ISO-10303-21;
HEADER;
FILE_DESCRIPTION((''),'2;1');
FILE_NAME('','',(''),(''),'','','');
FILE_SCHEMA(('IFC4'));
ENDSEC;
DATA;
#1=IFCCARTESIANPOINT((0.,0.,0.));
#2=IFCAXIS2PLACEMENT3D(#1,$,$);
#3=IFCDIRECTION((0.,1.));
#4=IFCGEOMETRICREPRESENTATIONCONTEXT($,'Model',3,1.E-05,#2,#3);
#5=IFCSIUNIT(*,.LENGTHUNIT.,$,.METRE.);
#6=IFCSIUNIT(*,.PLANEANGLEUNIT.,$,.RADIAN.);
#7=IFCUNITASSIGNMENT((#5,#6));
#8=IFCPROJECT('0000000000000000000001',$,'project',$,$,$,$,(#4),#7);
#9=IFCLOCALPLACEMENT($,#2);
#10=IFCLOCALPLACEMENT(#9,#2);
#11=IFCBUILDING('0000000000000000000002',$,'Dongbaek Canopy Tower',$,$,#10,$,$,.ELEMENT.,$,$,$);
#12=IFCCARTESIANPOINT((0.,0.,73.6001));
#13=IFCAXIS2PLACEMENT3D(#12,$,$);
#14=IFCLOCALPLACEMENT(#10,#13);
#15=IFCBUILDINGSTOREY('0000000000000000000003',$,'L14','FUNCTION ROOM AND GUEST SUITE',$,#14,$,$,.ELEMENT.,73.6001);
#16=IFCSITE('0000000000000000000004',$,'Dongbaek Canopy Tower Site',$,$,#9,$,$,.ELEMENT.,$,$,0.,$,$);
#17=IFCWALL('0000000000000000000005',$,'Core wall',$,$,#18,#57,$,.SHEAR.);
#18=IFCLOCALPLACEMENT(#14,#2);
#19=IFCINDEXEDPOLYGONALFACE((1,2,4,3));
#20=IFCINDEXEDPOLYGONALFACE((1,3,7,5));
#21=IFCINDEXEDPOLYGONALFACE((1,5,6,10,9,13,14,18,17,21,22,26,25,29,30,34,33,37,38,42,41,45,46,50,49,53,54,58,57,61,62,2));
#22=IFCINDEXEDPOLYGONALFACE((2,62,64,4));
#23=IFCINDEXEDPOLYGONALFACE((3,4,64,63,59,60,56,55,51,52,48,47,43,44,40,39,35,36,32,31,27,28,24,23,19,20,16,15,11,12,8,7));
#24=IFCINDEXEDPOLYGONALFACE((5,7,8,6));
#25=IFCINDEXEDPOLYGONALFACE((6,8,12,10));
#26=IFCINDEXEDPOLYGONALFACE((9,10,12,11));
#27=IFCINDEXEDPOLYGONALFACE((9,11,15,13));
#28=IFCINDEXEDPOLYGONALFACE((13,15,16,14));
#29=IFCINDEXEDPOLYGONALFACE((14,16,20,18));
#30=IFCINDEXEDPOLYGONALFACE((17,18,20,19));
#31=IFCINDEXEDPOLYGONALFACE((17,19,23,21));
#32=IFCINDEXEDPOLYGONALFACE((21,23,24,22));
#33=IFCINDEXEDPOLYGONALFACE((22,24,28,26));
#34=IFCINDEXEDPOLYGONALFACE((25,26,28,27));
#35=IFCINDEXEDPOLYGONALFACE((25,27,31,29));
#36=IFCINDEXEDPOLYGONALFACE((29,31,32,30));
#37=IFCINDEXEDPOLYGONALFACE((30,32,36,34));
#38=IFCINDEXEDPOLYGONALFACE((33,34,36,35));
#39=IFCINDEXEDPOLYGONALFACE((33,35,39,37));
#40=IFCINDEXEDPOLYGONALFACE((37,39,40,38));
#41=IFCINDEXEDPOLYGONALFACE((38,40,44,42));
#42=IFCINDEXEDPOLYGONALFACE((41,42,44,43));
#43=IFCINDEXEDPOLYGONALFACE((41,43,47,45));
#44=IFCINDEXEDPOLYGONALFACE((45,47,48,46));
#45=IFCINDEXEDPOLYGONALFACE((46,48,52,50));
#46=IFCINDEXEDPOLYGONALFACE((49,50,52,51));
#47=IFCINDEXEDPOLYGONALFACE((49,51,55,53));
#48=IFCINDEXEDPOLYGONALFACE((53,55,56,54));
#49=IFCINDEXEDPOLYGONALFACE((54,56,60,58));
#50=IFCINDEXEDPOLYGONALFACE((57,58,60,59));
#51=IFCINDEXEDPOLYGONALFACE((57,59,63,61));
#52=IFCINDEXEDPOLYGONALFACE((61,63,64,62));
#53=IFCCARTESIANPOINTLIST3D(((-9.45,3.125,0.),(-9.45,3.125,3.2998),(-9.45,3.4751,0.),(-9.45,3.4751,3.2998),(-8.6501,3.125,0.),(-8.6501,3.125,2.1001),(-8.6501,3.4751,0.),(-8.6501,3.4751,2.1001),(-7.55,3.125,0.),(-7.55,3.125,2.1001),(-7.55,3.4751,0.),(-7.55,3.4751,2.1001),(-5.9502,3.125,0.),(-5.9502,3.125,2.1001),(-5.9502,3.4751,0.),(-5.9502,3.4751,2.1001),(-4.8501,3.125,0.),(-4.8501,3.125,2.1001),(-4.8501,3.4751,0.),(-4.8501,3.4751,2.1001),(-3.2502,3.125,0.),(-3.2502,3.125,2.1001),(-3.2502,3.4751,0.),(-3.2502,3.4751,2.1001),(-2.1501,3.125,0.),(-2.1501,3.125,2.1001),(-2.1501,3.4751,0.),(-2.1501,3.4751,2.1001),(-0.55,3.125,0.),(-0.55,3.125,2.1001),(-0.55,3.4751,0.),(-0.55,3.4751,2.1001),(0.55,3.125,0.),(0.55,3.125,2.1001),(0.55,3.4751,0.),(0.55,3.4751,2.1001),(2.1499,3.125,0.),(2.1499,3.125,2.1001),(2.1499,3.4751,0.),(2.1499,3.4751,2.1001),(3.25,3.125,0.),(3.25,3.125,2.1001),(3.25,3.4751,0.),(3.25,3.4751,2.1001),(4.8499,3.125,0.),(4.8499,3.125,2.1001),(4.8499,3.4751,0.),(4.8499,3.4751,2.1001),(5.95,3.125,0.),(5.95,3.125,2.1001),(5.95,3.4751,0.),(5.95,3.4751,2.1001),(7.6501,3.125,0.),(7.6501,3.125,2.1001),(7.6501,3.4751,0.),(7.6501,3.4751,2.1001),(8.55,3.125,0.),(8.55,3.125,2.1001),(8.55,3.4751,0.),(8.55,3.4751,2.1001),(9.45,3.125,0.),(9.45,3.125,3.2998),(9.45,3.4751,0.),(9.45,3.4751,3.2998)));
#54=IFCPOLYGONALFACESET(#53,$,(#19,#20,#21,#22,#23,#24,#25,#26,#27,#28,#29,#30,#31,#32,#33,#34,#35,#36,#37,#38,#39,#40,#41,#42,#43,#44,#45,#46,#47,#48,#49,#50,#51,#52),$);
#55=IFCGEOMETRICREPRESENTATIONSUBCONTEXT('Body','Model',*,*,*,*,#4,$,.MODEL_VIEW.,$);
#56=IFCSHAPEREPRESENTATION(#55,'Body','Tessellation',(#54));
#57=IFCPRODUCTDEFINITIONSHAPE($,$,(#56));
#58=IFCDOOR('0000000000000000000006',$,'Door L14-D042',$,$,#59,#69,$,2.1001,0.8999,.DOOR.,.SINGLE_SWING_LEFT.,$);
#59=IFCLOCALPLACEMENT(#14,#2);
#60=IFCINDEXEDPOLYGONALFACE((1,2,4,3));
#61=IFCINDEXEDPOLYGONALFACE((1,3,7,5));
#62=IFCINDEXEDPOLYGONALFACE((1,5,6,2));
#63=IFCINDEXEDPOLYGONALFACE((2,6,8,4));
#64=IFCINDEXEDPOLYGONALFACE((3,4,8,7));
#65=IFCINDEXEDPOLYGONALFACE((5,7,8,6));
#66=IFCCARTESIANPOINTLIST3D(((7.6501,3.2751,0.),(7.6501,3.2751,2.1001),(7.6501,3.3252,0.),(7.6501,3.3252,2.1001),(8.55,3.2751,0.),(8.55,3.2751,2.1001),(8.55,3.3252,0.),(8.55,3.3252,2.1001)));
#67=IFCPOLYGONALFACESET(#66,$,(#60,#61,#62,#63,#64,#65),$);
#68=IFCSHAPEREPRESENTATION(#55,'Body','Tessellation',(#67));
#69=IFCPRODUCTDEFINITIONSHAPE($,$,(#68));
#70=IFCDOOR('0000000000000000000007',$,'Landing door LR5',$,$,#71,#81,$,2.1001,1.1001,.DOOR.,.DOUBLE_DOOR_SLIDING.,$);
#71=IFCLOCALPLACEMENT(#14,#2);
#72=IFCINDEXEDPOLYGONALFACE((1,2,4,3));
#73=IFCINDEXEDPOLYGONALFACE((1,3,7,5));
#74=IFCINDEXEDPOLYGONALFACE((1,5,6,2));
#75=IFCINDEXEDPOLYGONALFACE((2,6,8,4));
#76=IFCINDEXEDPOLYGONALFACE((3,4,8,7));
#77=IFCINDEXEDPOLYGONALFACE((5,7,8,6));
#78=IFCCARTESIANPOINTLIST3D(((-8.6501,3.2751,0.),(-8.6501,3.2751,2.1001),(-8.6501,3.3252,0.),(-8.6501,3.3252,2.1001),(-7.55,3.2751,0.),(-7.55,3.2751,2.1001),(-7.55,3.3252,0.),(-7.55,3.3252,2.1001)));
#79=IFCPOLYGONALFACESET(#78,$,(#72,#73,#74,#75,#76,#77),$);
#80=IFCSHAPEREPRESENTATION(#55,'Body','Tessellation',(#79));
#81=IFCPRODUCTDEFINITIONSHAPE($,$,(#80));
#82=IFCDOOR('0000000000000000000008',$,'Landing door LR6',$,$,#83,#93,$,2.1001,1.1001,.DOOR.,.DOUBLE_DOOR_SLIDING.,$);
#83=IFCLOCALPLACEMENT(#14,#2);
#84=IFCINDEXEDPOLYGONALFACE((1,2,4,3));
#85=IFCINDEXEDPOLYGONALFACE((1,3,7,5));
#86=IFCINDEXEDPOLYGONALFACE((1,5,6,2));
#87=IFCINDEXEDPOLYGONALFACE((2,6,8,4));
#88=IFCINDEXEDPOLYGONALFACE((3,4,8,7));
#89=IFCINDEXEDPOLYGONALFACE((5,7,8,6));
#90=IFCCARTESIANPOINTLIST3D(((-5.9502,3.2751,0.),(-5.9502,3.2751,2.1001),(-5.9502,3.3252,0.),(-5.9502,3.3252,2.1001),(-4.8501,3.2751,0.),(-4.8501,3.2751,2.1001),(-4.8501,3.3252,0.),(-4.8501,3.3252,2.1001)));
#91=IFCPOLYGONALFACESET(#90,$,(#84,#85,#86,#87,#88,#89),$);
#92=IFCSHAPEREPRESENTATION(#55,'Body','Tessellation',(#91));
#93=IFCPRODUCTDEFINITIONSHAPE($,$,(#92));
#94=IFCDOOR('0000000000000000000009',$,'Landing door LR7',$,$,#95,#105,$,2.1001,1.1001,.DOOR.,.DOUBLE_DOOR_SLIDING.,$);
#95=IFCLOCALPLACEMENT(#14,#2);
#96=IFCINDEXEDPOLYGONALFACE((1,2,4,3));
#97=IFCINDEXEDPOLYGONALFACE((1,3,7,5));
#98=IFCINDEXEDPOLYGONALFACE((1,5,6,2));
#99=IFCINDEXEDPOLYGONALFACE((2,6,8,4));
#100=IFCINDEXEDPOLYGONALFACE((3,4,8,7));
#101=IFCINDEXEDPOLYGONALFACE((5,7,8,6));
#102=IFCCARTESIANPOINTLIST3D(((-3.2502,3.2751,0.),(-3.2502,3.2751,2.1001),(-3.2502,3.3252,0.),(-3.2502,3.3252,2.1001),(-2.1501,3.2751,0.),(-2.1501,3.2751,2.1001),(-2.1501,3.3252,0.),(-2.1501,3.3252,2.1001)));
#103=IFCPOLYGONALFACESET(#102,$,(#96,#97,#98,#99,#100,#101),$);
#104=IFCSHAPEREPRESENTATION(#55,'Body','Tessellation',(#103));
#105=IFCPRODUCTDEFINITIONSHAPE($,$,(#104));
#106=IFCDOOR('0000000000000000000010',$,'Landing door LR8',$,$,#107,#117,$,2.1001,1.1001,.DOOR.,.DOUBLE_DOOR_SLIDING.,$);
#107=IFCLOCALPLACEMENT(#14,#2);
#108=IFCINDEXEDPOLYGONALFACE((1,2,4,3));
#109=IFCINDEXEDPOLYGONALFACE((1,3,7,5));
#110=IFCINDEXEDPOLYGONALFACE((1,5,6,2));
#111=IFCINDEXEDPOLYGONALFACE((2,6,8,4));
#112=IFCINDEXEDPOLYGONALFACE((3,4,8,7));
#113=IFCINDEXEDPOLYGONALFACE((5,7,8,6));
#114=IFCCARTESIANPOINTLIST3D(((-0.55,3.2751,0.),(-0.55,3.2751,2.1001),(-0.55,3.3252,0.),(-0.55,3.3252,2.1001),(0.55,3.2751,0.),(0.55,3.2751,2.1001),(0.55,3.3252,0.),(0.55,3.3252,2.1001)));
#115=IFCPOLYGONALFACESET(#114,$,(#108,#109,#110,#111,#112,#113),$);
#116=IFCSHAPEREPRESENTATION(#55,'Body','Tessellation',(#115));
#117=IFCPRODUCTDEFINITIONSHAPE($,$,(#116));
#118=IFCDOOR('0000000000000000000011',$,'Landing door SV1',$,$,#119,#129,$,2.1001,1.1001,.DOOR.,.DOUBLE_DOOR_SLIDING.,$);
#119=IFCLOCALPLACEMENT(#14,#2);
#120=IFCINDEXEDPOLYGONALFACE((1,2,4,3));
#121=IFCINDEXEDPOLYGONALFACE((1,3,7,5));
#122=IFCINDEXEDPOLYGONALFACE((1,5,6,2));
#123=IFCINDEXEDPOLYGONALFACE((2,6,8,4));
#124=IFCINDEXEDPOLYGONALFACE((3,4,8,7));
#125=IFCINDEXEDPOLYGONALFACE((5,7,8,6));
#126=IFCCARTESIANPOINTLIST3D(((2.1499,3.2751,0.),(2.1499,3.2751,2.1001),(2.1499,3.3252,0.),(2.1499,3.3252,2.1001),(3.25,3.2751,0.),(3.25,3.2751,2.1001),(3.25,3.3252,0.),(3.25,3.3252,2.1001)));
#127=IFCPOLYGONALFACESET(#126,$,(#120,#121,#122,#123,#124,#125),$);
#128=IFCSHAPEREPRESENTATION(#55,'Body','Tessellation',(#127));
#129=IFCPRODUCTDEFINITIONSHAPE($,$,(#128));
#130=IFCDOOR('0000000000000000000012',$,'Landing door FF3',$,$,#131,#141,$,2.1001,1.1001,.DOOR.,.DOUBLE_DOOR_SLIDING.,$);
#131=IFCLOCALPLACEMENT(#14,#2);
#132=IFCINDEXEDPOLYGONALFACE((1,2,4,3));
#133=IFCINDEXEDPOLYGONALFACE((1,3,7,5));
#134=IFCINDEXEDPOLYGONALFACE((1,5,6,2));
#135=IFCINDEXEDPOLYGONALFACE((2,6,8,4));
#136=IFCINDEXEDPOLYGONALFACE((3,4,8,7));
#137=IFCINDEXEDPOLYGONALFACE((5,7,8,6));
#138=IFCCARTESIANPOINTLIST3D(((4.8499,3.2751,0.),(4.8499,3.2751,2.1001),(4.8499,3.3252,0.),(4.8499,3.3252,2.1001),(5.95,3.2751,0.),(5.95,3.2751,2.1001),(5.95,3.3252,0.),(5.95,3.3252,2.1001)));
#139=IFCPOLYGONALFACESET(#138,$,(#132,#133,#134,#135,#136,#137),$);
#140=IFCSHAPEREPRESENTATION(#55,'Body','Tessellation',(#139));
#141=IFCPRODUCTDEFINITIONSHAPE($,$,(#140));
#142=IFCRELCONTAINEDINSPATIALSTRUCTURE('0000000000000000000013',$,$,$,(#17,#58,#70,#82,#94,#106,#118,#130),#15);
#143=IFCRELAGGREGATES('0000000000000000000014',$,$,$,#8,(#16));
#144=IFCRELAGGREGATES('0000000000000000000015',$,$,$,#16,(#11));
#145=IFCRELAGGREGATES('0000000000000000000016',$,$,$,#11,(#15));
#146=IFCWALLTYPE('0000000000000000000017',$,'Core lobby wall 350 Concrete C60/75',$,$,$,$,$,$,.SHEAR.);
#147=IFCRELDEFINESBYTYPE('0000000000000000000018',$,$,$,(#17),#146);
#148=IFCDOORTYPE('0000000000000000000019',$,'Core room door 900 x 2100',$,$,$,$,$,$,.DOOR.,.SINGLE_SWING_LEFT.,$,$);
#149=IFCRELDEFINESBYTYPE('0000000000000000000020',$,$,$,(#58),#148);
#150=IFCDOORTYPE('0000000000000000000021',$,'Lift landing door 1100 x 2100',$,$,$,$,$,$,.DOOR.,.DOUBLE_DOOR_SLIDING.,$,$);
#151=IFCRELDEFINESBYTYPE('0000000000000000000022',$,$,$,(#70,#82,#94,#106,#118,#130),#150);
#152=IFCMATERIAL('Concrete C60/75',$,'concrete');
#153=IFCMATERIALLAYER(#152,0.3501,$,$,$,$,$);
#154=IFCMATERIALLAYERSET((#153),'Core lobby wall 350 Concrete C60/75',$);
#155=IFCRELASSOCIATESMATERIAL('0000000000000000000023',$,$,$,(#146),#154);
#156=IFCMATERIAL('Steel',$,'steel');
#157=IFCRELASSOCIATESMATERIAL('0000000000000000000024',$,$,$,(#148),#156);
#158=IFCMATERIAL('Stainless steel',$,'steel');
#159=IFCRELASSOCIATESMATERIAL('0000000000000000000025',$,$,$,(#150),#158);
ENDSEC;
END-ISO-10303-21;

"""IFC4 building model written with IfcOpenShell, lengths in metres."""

from ifc_helpers import new_model, si_unit, direction, frame, frame_2d, origin, place, context, subcontext, project, spatial, rectangle, extrude, material, layer, layer_set, type_object, element, fill, save


model = new_model("IFC4")

# Units and contexts
model_context = context("Model", 3, precision=1e-05, world=origin(), true_north=direction((0.0, 1.0)))
body_context = subcontext(model_context, "Body", "Model", "MODEL_VIEW")
ifc_project = project(units=[si_unit("LENGTHUNIT", "METRE"), si_unit("PLANEANGLEUNIT", "RADIAN")], contexts=[model_context])

# Site, building, storey
site_placement = place(None, origin())
site = spatial("IfcSite", under=ifc_project, at=site_placement, Name="Dongbaek Canopy Tower Site", CompositionType="ELEMENT", RefElevation=0.0)
building_placement = place(site_placement, origin())
building = spatial("IfcBuilding", under=site, at=building_placement, Name="Dongbaek Canopy Tower", CompositionType="ELEMENT")
storey_placement = place(building_placement, frame((0.0, 0.0, 73.6001)))
storey = spatial("IfcBuildingStorey", under=building, at=storey_placement, Name="L14", Description="FUNCTION ROOM AND GUEST SUITE", CompositionType="ELEMENT", Elevation=73.6001)

# Wall, openings, doors
ifc_material_1 = material(Name="Concrete C60/75", Category="concrete")
ifc_layer_1 = layer(ifc_material_1, 0.3501)
ifc_layer_set_1 = layer_set([ifc_layer_1], Name="Core lobby wall 350 Concrete C60/75")
wall_type_1 = type_object("IfcWallType", Name="Core lobby wall 350 Concrete C60/75", PredefinedType="SHEAR", material=ifc_layer_set_1)
wall_1_placement = place(storey_placement, frame((9.45, 3.3, 0.0), z_axis=(0.0, 0.0, 1.0), x_axis=(-1.0, 0.0, 0.0)))
wall_1 = element("IfcWall", 1, at=wall_1_placement, inside=storey, type_object=wall_type_1, Name="Core wall", PredefinedType="SHEAR", context=body_context, shape_type="SweptSolid", body=[
    extrude(rectangle(XDim=18.8999, YDim=0.3501, at=frame_2d((9.45, 0.0))), origin(), (0.0, 0.0, 1.0), 3.2998),
])
opening_1_placement = place(wall_1_placement, frame((17.0, 0.0, 0.0)))
opening_1 = element("IfcOpeningElement", 2, at=opening_1_placement, cuts=wall_1, PredefinedType="OPENING", context=body_context, shape_type="SweptSolid", body=[
    extrude(rectangle(XDim=1.1001, YDim=2.1001, at=frame_2d((0.55, 1.05))), frame((0.0, 0.1851, 0.0), z_axis=(0.0, -1.0, 0.0), x_axis=(1.0, 0.0, 0.0)), (0.0, 0.0, 1.0), 0.3701),
])
opening_2_placement = place(wall_1_placement, frame((14.3, 0.0, 0.0)))
opening_2 = element("IfcOpeningElement", 3, at=opening_2_placement, cuts=wall_1, PredefinedType="OPENING", context=body_context, shape_type="SweptSolid", body=[
    extrude(rectangle(XDim=1.1001, YDim=2.1001, at=frame_2d((0.55, 1.05))), frame((0.0, 0.1851, 0.0), z_axis=(0.0, -1.0, 0.0), x_axis=(1.0, 0.0, 0.0)), (0.0, 0.0, 1.0), 0.3701),
])
opening_3_placement = place(wall_1_placement, frame((11.6001, 0.0, 0.0)))
opening_3 = element("IfcOpeningElement", 4, at=opening_3_placement, cuts=wall_1, PredefinedType="OPENING", context=body_context, shape_type="SweptSolid", body=[
    extrude(rectangle(XDim=1.1001, YDim=2.1001, at=frame_2d((0.55, 1.05))), frame((0.0, 0.1851, 0.0), z_axis=(0.0, -1.0, 0.0), x_axis=(1.0, 0.0, 0.0)), (0.0, 0.0, 1.0), 0.3701),
])
opening_4_placement = place(wall_1_placement, frame((8.8999, 0.0, 0.0)))
opening_4 = element("IfcOpeningElement", 5, at=opening_4_placement, cuts=wall_1, PredefinedType="OPENING", context=body_context, shape_type="SweptSolid", body=[
    extrude(rectangle(XDim=1.1001, YDim=2.1001, at=frame_2d((0.55, 1.05))), frame((0.0, 0.1851, 0.0), z_axis=(0.0, -1.0, 0.0), x_axis=(1.0, 0.0, 0.0)), (0.0, 0.0, 1.0), 0.3701),
])
opening_5_placement = place(wall_1_placement, frame((6.2, 0.0, 0.0)))
opening_5 = element("IfcOpeningElement", 6, at=opening_5_placement, cuts=wall_1, PredefinedType="OPENING", context=body_context, shape_type="SweptSolid", body=[
    extrude(rectangle(XDim=1.1001, YDim=2.1001, at=frame_2d((0.55, 1.05))), frame((0.0, 0.1851, 0.0), z_axis=(0.0, -1.0, 0.0), x_axis=(1.0, 0.0, 0.0)), (0.0, 0.0, 1.0), 0.3701),
])
opening_6_placement = place(wall_1_placement, frame((3.5, 0.0, 0.0)))
opening_6 = element("IfcOpeningElement", 7, at=opening_6_placement, cuts=wall_1, PredefinedType="OPENING", context=body_context, shape_type="SweptSolid", body=[
    extrude(rectangle(XDim=1.1001, YDim=2.1001, at=frame_2d((0.55, 1.05))), frame((0.0, 0.1851, 0.0), z_axis=(0.0, -1.0, 0.0), x_axis=(1.0, 0.0, 0.0)), (0.0, 0.0, 1.0), 0.3701),
])
opening_7_placement = place(wall_1_placement, frame((0.8999, 0.0, 0.0)))
opening_7 = element("IfcOpeningElement", 8, at=opening_7_placement, cuts=wall_1, PredefinedType="OPENING", context=body_context, shape_type="SweptSolid", body=[
    extrude(rectangle(XDim=0.8999, YDim=2.1001, at=frame_2d((0.45, 1.05))), frame((0.0, 0.1851, 0.0), z_axis=(0.0, -1.0, 0.0), x_axis=(1.0, 0.0, 0.0)), (0.0, 0.0, 1.0), 0.3701),
])
ifc_material_2 = material(Name="Steel", Category="steel")
door_type_1 = type_object("IfcDoorType", Name="Core room door 900 x 2100", OperationType="SINGLE_SWING_LEFT", PredefinedType="DOOR", material=ifc_material_2)
door_1_placement = place(opening_7_placement, origin())
door_1 = element("IfcDoor", 9, at=door_1_placement, inside=storey, type_object=door_type_1, Name="Door L14-D042", OperationType="SINGLE_SWING_LEFT", OverallHeight=2.1001, OverallWidth=0.8999, PredefinedType="DOOR", context=body_context, shape_type="SweptSolid", body=[
    extrude(rectangle(XDim=0.8999, YDim=2.1001, at=frame_2d((0.45, 1.05))), frame((0.0, 0.0249, 0.0), z_axis=(0.0, -1.0, 0.0), x_axis=(1.0, 0.0, 0.0)), (0.0, 0.0, 1.0), 0.05),
])
fill(opening_7, door_1)
ifc_material_3 = material(Name="Stainless steel", Category="steel")
door_type_2 = type_object("IfcDoorType", Name="Lift landing door 1100 x 2100", OperationType="DOUBLE_DOOR_SLIDING", PredefinedType="DOOR", material=ifc_material_3)
door_2_placement = place(opening_1_placement, origin())
door_2 = element("IfcDoor", 10, at=door_2_placement, inside=storey, type_object=door_type_2, Name="Landing door LR5", OperationType="DOUBLE_DOOR_SLIDING", OverallHeight=2.1001, OverallWidth=1.1001, PredefinedType="DOOR", context=body_context, shape_type="SweptSolid", body=[
    extrude(rectangle(XDim=1.1001, YDim=2.1001, at=frame_2d((0.55, 1.05))), frame((0.0, 0.0249, 0.0), z_axis=(0.0, -1.0, 0.0), x_axis=(1.0, 0.0, 0.0)), (0.0, 0.0, 1.0), 0.05),
])
fill(opening_1, door_2)
door_3_placement = place(opening_2_placement, origin())
door_3 = element("IfcDoor", 11, at=door_3_placement, inside=storey, type_object=door_type_2, Name="Landing door LR6", OperationType="DOUBLE_DOOR_SLIDING", OverallHeight=2.1001, OverallWidth=1.1001, PredefinedType="DOOR", context=body_context, shape_type="SweptSolid", body=[
    extrude(rectangle(XDim=1.1001, YDim=2.1001, at=frame_2d((0.55, 1.05))), frame((0.0, 0.0249, 0.0), z_axis=(0.0, -1.0, 0.0), x_axis=(1.0, 0.0, 0.0)), (0.0, 0.0, 1.0), 0.05),
])
fill(opening_2, door_3)
door_4_placement = place(opening_3_placement, origin())
door_4 = element("IfcDoor", 12, at=door_4_placement, inside=storey, type_object=door_type_2, Name="Landing door LR7", OperationType="DOUBLE_DOOR_SLIDING", OverallHeight=2.1001, OverallWidth=1.1001, PredefinedType="DOOR", context=body_context, shape_type="SweptSolid", body=[
    extrude(rectangle(XDim=1.1001, YDim=2.1001, at=frame_2d((0.55, 1.05))), frame((0.0, 0.0249, 0.0), z_axis=(0.0, -1.0, 0.0), x_axis=(1.0, 0.0, 0.0)), (0.0, 0.0, 1.0), 0.05),
])
fill(opening_3, door_4)
door_5_placement = place(opening_4_placement, origin())
door_5 = element("IfcDoor", 13, at=door_5_placement, inside=storey, type_object=door_type_2, Name="Landing door LR8", OperationType="DOUBLE_DOOR_SLIDING", OverallHeight=2.1001, OverallWidth=1.1001, PredefinedType="DOOR", context=body_context, shape_type="SweptSolid", body=[
    extrude(rectangle(XDim=1.1001, YDim=2.1001, at=frame_2d((0.55, 1.05))), frame((0.0, 0.0249, 0.0), z_axis=(0.0, -1.0, 0.0), x_axis=(1.0, 0.0, 0.0)), (0.0, 0.0, 1.0), 0.05),
])
fill(opening_4, door_5)
door_6_placement = place(opening_5_placement, origin())
door_6 = element("IfcDoor", 14, at=door_6_placement, inside=storey, type_object=door_type_2, Name="Landing door SV1", OperationType="DOUBLE_DOOR_SLIDING", OverallHeight=2.1001, OverallWidth=1.1001, PredefinedType="DOOR", context=body_context, shape_type="SweptSolid", body=[
    extrude(rectangle(XDim=1.1001, YDim=2.1001, at=frame_2d((0.55, 1.05))), frame((0.0, 0.0249, 0.0), z_axis=(0.0, -1.0, 0.0), x_axis=(1.0, 0.0, 0.0)), (0.0, 0.0, 1.0), 0.05),
])
fill(opening_5, door_6)
door_7_placement = place(opening_6_placement, origin())
door_7 = element("IfcDoor", 15, at=door_7_placement, inside=storey, type_object=door_type_2, Name="Landing door FF3", OperationType="DOUBLE_DOOR_SLIDING", OverallHeight=2.1001, OverallWidth=1.1001, PredefinedType="DOOR", context=body_context, shape_type="SweptSolid", body=[
    extrude(rectangle(XDim=1.1001, YDim=2.1001, at=frame_2d((0.55, 1.05))), frame((0.0, 0.0249, 0.0), z_axis=(0.0, -1.0, 0.0), x_axis=(1.0, 0.0, 0.0)), (0.0, 0.0, 1.0), 0.05),
])
fill(opening_6, door_7)

save(model, "model.ifc")
